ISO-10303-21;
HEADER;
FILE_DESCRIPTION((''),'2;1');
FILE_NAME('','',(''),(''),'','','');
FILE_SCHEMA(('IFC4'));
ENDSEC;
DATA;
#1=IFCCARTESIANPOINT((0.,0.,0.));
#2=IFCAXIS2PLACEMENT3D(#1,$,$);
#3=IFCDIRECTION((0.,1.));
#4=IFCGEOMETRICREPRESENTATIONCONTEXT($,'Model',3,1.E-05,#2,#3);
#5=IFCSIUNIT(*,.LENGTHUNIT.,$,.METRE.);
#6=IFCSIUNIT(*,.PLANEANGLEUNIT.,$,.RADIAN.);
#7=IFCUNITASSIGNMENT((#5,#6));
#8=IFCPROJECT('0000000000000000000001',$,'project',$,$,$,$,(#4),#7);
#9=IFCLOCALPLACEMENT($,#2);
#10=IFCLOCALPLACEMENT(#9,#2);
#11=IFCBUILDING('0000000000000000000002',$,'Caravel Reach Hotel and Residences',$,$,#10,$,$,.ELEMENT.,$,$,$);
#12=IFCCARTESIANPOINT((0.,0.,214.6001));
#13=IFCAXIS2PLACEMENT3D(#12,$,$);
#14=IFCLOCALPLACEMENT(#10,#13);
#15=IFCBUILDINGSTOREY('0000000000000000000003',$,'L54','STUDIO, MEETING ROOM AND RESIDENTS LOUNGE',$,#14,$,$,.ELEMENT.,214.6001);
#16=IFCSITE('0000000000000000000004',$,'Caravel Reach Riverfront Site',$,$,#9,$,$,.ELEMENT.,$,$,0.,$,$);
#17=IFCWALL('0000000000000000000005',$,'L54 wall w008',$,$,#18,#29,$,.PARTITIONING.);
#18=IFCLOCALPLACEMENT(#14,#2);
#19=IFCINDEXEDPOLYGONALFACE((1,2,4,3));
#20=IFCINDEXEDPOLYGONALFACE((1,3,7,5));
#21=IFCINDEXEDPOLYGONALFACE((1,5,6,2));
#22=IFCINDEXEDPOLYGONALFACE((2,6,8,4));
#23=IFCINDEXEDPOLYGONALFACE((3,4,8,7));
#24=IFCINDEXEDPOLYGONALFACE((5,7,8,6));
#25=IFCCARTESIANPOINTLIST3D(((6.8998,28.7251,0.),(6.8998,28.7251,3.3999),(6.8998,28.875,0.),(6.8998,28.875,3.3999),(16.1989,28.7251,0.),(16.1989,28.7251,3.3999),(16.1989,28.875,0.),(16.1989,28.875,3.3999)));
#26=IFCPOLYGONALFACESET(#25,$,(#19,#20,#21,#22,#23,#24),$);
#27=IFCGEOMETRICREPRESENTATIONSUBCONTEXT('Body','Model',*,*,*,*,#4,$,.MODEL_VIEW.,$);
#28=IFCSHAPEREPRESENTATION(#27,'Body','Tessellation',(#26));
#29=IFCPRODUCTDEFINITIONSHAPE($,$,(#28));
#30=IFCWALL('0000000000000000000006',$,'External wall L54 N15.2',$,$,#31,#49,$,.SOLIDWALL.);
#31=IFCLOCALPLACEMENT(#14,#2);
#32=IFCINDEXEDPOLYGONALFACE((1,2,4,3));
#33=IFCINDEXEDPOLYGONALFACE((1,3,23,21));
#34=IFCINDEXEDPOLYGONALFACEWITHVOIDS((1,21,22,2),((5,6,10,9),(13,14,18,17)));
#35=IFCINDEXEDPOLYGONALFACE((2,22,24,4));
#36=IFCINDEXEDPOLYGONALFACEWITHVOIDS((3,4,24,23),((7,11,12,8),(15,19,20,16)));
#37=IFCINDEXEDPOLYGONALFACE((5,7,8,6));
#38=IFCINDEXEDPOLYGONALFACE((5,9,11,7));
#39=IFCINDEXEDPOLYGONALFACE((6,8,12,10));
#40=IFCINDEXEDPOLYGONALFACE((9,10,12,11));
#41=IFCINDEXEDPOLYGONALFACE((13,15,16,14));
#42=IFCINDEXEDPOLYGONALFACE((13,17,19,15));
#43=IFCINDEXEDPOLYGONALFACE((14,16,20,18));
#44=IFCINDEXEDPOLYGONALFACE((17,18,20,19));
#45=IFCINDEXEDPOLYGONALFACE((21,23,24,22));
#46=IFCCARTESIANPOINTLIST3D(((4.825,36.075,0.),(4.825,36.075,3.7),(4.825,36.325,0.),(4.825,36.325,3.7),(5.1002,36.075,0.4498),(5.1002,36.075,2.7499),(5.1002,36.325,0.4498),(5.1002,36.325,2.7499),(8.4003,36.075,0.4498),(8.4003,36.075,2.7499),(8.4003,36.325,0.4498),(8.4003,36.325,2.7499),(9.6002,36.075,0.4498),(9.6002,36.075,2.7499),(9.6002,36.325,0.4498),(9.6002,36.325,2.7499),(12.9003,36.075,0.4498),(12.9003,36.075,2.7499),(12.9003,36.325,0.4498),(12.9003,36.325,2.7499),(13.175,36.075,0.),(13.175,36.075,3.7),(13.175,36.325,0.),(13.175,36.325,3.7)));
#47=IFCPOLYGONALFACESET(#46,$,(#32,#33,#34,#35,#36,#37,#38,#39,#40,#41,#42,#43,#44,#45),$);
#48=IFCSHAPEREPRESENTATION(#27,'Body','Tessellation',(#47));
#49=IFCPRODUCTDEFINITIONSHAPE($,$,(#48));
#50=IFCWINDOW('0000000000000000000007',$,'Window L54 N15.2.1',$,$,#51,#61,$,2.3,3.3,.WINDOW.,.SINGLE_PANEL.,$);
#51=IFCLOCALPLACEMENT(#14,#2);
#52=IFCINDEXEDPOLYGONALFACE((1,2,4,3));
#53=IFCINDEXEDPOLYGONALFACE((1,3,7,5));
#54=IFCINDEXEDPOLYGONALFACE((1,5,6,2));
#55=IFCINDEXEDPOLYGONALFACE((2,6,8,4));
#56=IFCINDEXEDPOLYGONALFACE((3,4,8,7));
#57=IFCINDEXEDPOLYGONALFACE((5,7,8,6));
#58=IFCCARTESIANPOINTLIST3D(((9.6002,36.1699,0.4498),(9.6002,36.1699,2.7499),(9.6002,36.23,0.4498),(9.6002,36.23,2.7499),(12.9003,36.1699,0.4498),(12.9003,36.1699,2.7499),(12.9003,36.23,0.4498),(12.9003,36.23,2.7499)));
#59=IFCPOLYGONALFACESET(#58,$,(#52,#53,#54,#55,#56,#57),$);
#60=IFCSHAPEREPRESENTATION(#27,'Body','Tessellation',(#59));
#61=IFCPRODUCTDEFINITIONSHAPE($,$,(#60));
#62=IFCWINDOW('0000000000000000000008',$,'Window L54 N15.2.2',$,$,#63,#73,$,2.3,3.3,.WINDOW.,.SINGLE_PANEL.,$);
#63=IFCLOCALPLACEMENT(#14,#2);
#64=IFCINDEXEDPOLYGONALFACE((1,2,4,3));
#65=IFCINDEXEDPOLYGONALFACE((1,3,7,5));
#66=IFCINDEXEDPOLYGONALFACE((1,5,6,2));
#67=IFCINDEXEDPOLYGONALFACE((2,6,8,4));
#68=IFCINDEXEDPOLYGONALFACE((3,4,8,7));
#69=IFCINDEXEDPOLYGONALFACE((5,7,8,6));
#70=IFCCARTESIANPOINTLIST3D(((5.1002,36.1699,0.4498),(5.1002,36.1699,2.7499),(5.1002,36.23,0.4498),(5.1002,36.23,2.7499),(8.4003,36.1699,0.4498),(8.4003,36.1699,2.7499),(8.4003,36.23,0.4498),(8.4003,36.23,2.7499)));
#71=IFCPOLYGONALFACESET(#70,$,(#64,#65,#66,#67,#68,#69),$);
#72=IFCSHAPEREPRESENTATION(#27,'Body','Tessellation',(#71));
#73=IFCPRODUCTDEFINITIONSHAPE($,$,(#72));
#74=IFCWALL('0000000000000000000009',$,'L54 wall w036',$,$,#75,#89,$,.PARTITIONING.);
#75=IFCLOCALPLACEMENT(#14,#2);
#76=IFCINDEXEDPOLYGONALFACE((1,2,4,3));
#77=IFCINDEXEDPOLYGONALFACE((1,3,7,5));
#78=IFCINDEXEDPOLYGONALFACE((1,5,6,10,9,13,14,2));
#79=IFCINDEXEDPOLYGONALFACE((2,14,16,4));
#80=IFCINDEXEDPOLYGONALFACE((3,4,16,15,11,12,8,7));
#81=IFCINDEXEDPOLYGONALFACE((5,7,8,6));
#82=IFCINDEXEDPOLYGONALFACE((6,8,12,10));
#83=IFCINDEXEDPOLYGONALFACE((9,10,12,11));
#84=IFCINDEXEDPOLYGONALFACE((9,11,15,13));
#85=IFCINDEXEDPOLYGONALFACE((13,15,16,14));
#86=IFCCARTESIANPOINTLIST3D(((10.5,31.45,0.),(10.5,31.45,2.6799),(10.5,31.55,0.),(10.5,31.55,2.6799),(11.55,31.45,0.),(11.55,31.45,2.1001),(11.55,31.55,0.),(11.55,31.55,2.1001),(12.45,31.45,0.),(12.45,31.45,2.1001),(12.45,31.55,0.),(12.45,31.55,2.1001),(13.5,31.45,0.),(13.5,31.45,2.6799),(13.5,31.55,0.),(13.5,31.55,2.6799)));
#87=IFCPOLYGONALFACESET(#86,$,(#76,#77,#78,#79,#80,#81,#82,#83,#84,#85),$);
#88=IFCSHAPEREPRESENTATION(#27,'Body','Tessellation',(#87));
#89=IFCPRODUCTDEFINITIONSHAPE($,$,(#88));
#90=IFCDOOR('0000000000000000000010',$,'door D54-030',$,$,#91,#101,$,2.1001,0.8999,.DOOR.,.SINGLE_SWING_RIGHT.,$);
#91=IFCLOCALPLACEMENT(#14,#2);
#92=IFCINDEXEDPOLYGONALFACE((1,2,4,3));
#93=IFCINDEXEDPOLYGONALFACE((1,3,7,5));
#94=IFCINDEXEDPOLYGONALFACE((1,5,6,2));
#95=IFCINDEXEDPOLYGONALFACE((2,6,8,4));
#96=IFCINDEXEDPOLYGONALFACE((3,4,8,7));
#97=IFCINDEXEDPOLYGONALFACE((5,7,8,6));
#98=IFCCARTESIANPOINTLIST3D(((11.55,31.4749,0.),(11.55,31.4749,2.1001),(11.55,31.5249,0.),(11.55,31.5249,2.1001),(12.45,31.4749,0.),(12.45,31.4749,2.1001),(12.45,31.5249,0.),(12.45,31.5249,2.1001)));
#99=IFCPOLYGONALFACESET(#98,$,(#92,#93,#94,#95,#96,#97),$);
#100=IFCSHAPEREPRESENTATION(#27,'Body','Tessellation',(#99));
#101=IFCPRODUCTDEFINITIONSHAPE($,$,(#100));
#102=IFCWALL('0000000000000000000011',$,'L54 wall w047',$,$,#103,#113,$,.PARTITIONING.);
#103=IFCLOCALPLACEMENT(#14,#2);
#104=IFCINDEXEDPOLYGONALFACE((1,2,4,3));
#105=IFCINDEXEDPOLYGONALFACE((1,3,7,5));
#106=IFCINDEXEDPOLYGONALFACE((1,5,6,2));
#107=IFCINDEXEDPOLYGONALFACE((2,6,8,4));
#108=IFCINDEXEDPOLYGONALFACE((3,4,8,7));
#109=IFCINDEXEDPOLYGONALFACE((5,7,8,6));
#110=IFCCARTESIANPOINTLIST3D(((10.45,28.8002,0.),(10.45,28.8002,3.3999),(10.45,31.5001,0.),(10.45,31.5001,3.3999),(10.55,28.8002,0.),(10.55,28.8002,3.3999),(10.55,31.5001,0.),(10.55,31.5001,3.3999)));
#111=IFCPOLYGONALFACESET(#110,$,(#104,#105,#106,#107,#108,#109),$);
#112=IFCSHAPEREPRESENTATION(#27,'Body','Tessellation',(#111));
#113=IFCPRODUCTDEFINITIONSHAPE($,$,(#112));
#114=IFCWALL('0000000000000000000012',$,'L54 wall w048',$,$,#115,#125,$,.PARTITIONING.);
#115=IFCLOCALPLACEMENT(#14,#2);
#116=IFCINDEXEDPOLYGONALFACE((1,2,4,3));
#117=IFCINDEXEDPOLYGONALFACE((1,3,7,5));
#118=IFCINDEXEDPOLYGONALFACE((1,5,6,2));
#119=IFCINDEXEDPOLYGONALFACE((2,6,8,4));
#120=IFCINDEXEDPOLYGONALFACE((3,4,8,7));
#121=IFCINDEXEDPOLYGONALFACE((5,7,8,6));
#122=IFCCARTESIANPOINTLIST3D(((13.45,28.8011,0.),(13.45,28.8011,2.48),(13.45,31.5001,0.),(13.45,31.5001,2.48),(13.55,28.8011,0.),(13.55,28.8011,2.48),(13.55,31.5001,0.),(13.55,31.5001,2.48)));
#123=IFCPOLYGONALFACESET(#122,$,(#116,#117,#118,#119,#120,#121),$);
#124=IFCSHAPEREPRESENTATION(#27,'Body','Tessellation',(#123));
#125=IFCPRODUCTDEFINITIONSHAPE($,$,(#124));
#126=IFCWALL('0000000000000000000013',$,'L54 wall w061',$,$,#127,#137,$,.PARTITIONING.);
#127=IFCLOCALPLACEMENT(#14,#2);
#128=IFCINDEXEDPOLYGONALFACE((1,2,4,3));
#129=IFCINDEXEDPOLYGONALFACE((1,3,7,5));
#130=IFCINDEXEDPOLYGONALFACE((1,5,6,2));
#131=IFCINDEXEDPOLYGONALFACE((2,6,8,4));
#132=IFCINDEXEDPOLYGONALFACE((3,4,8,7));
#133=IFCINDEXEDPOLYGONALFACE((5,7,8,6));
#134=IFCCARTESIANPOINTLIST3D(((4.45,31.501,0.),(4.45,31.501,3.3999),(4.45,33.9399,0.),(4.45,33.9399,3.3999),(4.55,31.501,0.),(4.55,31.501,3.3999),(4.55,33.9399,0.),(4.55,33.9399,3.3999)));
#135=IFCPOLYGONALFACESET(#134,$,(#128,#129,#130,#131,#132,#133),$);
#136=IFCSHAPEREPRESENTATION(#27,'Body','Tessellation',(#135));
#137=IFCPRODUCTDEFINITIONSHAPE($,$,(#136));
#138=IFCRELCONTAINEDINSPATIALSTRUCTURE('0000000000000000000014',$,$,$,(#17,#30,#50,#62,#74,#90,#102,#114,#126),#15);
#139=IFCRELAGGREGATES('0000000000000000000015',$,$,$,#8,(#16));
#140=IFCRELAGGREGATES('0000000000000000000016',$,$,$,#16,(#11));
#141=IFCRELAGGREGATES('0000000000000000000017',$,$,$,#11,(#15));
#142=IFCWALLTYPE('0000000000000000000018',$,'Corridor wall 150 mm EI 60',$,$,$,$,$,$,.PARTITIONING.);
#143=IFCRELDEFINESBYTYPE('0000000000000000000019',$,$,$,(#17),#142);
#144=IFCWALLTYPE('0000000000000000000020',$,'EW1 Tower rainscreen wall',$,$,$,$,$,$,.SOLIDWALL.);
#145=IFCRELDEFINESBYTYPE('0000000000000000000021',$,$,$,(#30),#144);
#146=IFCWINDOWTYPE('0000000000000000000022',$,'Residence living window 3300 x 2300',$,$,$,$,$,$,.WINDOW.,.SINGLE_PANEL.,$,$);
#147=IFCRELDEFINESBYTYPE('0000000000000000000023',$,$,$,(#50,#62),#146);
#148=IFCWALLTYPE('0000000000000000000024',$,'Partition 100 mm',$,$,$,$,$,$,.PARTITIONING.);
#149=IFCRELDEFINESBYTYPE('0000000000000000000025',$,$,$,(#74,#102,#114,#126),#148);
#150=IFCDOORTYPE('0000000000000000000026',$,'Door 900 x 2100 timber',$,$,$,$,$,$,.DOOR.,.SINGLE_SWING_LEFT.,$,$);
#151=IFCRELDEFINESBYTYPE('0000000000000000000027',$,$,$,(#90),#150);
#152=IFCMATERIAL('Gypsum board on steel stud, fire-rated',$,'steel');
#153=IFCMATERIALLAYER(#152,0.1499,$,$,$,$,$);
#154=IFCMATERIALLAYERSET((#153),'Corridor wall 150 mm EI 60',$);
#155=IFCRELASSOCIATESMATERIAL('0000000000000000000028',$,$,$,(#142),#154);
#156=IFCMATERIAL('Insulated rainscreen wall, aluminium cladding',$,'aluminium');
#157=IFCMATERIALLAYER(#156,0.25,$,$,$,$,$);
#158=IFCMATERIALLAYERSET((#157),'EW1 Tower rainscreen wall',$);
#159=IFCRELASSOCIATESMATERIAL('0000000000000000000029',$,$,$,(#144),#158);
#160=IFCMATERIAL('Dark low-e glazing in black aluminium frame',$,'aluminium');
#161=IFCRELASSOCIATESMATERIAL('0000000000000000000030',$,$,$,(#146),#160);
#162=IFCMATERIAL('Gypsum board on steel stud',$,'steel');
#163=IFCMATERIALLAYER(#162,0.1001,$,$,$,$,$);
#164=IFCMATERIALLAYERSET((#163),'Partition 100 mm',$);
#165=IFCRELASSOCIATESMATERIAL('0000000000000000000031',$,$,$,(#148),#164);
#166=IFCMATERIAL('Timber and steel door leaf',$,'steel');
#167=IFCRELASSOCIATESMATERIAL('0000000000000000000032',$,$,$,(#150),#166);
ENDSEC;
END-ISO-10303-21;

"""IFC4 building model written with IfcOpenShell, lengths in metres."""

from ifc_helpers import new_model, si_unit, direction, frame, frame_2d, origin, place, context, subcontext, project, spatial, rectangle, extrude, material, layer, layer_set, type_object, element, fill, save


model = new_model("IFC4")

# Units and contexts
model_context = context("Model", 3, precision=1e-05, world=origin(), true_north=direction((0.0, 1.0)))
body_context = subcontext(model_context, "Body", "Model", "MODEL_VIEW")
ifc_project = project(units=[si_unit("LENGTHUNIT", "METRE"), si_unit("PLANEANGLEUNIT", "RADIAN")], contexts=[model_context])

# Site, building, storey
site_placement = place(None, origin())
site = spatial("IfcSite", under=ifc_project, at=site_placement, Name="Caravel Reach Riverfront Site", CompositionType="ELEMENT", RefElevation=0.0)
building_placement = place(site_placement, origin())
building = spatial("IfcBuilding", under=site, at=building_placement, Name="Caravel Reach Hotel and Residences", CompositionType="ELEMENT")
storey_placement = place(building_placement, frame((0.0, 0.0, 214.6001)))
storey = spatial("IfcBuildingStorey", under=building, at=storey_placement, Name="L54", Description="STUDIO, MEETING ROOM AND RESIDENTS LOUNGE", CompositionType="ELEMENT", Elevation=214.6001)

# Wall
ifc_material_1 = material(Name="Gypsum board on steel stud, fire-rated", Category="steel")
ifc_layer_1 = layer(ifc_material_1, 0.1499)
ifc_layer_set_1 = layer_set([ifc_layer_1], Name="Corridor wall 150 mm EI 60")
wall_type_1 = type_object("IfcWallType", Name="Corridor wall 150 mm EI 60", PredefinedType="PARTITIONING", material=ifc_layer_set_1)
wall_1_placement = place(storey_placement, frame((6.8999, 28.8, 0.0), z_axis=(0.0, 0.0, 1.0), x_axis=(1.0, 0.0, 0.0)))
element("IfcWall", 1, at=wall_1_placement, inside=storey, type_object=wall_type_1, Name="L54 wall w008", PredefinedType="PARTITIONING", context=body_context, shape_type="SweptSolid", body=[
    extrude(rectangle(XDim=9.2991, YDim=0.1499, at=frame_2d((4.6494, 0.0))), origin(), (0.0, 0.0, 1.0), 3.3999),
])

# Wall, openings, windows
ifc_material_2 = material(Name="Insulated rainscreen wall, aluminium cladding", Category="aluminium")
ifc_layer_2 = layer(ifc_material_2, 0.25)
ifc_layer_set_2 = layer_set([ifc_layer_2], Name="EW1 Tower rainscreen wall")
wall_type_2 = type_object("IfcWallType", Name="EW1 Tower rainscreen wall", PredefinedType="SOLIDWALL", material=ifc_layer_set_2)
wall_2_placement = place(storey_placement, frame((13.175, 36.2, 0.0), z_axis=(0.0, 0.0, 1.0), x_axis=(-1.0, 0.0, 0.0)))
wall_2 = element("IfcWall", 2, at=wall_2_placement, inside=storey, type_object=wall_type_2, Name="External wall L54 N15.2", PredefinedType="SOLIDWALL", context=body_context, shape_type="SweptSolid", body=[
    extrude(rectangle(XDim=8.3501, YDim=0.25, at=frame_2d((4.175, 0.0))), origin(), (0.0, 0.0, 1.0), 3.7),
])
opening_1_placement = place(wall_2_placement, frame((0.2749, 0.0, 0.45)))
opening_1 = element("IfcOpeningElement", 3, at=opening_1_placement, cuts=wall_2, PredefinedType="OPENING", context=body_context, shape_type="SweptSolid", body=[
    extrude(rectangle(XDim=3.3, YDim=2.3, at=frame_2d((1.6499, 1.1499))), frame((0.0, 0.135, 0.0), z_axis=(0.0, -1.0, 0.0), x_axis=(1.0, 0.0, 0.0)), (0.0, 0.0, 1.0), 0.27),
])
opening_2_placement = place(wall_2_placement, frame((4.7749, 0.0, 0.45)))
opening_2 = element("IfcOpeningElement", 4, at=opening_2_placement, cuts=wall_2, PredefinedType="OPENING", context=body_context, shape_type="SweptSolid", body=[
    extrude(rectangle(XDim=3.3, YDim=2.3, at=frame_2d((1.6499, 1.1499))), frame((0.0, 0.135, 0.0), z_axis=(0.0, -1.0, 0.0), x_axis=(1.0, 0.0, 0.0)), (0.0, 0.0, 1.0), 0.27),
])
ifc_material_3 = material(Name="Dark low-e glazing in black aluminium frame", Category="aluminium")
window_type = type_object("IfcWindowType", Name="Residence living window 3300 x 2300", PartitioningType="SINGLE_PANEL", PredefinedType="WINDOW", material=ifc_material_3)
window_1_placement = place(opening_1_placement, origin())
window_1 = element("IfcWindow", 5, at=window_1_placement, inside=storey, type_object=window_type, Name="Window L54 N15.2.1", OverallHeight=2.3, OverallWidth=3.3, PartitioningType="SINGLE_PANEL", PredefinedType="WINDOW", context=body_context, shape_type="SweptSolid", body=[
    extrude(rectangle(XDim=3.3, YDim=2.3, at=frame_2d((1.6499, 1.1499))), frame((0.0, 0.03, 0.0), z_axis=(0.0, -1.0, 0.0), x_axis=(1.0, 0.0, 0.0)), (0.0, 0.0, 1.0), 0.0601),
])
fill(opening_1, window_1)
window_2_placement = place(opening_2_placement, origin())
window_2 = element("IfcWindow", 6, at=window_2_placement, inside=storey, type_object=window_type, Name="Window L54 N15.2.2", OverallHeight=2.3, OverallWidth=3.3, PartitioningType="SINGLE_PANEL", PredefinedType="WINDOW", context=body_context, shape_type="SweptSolid", body=[
    extrude(rectangle(XDim=3.3, YDim=2.3, at=frame_2d((1.6499, 1.1499))), frame((0.0, 0.03, 0.0), z_axis=(0.0, -1.0, 0.0), x_axis=(1.0, 0.0, 0.0)), (0.0, 0.0, 1.0), 0.0601),
])
fill(opening_2, window_2)

# Wall, opening, door
ifc_material_4 = material(Name="Gypsum board on steel stud", Category="steel")
ifc_layer_3 = layer(ifc_material_4, 0.1001)
ifc_layer_set_3 = layer_set([ifc_layer_3], Name="Partition 100 mm")
wall_type_3 = type_object("IfcWallType", Name="Partition 100 mm", PredefinedType="PARTITIONING", material=ifc_layer_set_3)
wall_3_placement = place(storey_placement, frame((10.5, 31.5, 0.0), z_axis=(0.0, 0.0, 1.0), x_axis=(1.0, 0.0, 0.0)))
wall_3 = element("IfcWall", 7, at=wall_3_placement, inside=storey, type_object=wall_type_3, Name="L54 wall w036", PredefinedType="PARTITIONING", context=body_context, shape_type="SweptSolid", body=[
    extrude(rectangle(XDim=3.0, YDim=0.1001, at=frame_2d((1.5, 0.0))), origin(), (0.0, 0.0, 1.0), 2.6799),
])
opening_3_placement = place(wall_3_placement, frame((1.05, 0.0, 0.0)))
opening_3 = element("IfcOpeningElement", 8, at=opening_3_placement, cuts=wall_3, PredefinedType="OPENING", context=body_context, shape_type="SweptSolid", body=[
    extrude(rectangle(XDim=0.8999, YDim=2.1001, at=frame_2d((0.45, 1.05))), frame((0.0, 0.0601, 0.0), z_axis=(0.0, -1.0, 0.0), x_axis=(1.0, 0.0, 0.0)), (0.0, 0.0, 1.0), 0.1201),
])
ifc_material_5 = material(Name="Timber and steel door leaf", Category="steel")
door_type_1 = type_object("IfcDoorType", Name="Door 900 x 2100 timber", OperationType="SINGLE_SWING_LEFT", PredefinedType="DOOR", material=ifc_material_5)
door_1_placement = place(opening_3_placement, origin())
door_1 = element("IfcDoor", 9, at=door_1_placement, inside=storey, type_object=door_type_1, Name="door D54-030", OperationType="SINGLE_SWING_RIGHT", OverallHeight=2.1001, OverallWidth=0.8999, PredefinedType="DOOR", context=body_context, shape_type="SweptSolid", body=[
    extrude(rectangle(XDim=0.8999, YDim=2.1001, at=frame_2d((0.45, 1.05))), frame((0.0, 0.0249, 0.0), z_axis=(0.0, -1.0, 0.0), x_axis=(1.0, 0.0, 0.0)), (0.0, 0.0, 1.0), 0.05),
])
fill(opening_3, door_1)

# Walls
wall_4_placement = place(storey_placement, frame((10.5, 28.8, 0.0), z_axis=(0.0, 0.0, 1.0), x_axis=(0.0, 1.0, 0.0)))
element("IfcWall", 10, at=wall_4_placement, inside=storey, type_object=wall_type_3, Name="L54 wall w047", PredefinedType="PARTITIONING", context=body_context, shape_type="SweptSolid", body=[
    extrude(rectangle(XDim=2.7, YDim=0.1001, at=frame_2d((1.3501, 0.0))), origin(), (0.0, 0.0, 1.0), 3.3999),
])
wall_5_placement = place(storey_placement, frame((13.5, 28.801, 0.0), z_axis=(0.0, 0.0, 1.0), x_axis=(0.0, 1.0, 0.0)))
element("IfcWall", 11, at=wall_5_placement, inside=storey, type_object=wall_type_3, Name="L54 wall w048", PredefinedType="PARTITIONING", context=body_context, shape_type="SweptSolid", body=[
    extrude(rectangle(XDim=2.699, YDim=0.1001, at=frame_2d((1.3496, 0.0))), origin(), (0.0, 0.0, 1.0), 2.48),
])
wall_6_placement = place(storey_placement, frame((4.5, 31.501, 0.0), z_axis=(0.0, 0.0, 1.0), x_axis=(0.0, 1.0, 0.0)))
element("IfcWall", 12, at=wall_6_placement, inside=storey, type_object=wall_type_3, Name="L54 wall w061", PredefinedType="PARTITIONING", context=body_context, shape_type="SweptSolid", body=[
    extrude(rectangle(XDim=2.439, YDim=0.1001, at=frame_2d((1.2195, 0.0))), origin(), (0.0, 0.0, 1.0), 3.3999),
])

save(model, "model.ifc")
